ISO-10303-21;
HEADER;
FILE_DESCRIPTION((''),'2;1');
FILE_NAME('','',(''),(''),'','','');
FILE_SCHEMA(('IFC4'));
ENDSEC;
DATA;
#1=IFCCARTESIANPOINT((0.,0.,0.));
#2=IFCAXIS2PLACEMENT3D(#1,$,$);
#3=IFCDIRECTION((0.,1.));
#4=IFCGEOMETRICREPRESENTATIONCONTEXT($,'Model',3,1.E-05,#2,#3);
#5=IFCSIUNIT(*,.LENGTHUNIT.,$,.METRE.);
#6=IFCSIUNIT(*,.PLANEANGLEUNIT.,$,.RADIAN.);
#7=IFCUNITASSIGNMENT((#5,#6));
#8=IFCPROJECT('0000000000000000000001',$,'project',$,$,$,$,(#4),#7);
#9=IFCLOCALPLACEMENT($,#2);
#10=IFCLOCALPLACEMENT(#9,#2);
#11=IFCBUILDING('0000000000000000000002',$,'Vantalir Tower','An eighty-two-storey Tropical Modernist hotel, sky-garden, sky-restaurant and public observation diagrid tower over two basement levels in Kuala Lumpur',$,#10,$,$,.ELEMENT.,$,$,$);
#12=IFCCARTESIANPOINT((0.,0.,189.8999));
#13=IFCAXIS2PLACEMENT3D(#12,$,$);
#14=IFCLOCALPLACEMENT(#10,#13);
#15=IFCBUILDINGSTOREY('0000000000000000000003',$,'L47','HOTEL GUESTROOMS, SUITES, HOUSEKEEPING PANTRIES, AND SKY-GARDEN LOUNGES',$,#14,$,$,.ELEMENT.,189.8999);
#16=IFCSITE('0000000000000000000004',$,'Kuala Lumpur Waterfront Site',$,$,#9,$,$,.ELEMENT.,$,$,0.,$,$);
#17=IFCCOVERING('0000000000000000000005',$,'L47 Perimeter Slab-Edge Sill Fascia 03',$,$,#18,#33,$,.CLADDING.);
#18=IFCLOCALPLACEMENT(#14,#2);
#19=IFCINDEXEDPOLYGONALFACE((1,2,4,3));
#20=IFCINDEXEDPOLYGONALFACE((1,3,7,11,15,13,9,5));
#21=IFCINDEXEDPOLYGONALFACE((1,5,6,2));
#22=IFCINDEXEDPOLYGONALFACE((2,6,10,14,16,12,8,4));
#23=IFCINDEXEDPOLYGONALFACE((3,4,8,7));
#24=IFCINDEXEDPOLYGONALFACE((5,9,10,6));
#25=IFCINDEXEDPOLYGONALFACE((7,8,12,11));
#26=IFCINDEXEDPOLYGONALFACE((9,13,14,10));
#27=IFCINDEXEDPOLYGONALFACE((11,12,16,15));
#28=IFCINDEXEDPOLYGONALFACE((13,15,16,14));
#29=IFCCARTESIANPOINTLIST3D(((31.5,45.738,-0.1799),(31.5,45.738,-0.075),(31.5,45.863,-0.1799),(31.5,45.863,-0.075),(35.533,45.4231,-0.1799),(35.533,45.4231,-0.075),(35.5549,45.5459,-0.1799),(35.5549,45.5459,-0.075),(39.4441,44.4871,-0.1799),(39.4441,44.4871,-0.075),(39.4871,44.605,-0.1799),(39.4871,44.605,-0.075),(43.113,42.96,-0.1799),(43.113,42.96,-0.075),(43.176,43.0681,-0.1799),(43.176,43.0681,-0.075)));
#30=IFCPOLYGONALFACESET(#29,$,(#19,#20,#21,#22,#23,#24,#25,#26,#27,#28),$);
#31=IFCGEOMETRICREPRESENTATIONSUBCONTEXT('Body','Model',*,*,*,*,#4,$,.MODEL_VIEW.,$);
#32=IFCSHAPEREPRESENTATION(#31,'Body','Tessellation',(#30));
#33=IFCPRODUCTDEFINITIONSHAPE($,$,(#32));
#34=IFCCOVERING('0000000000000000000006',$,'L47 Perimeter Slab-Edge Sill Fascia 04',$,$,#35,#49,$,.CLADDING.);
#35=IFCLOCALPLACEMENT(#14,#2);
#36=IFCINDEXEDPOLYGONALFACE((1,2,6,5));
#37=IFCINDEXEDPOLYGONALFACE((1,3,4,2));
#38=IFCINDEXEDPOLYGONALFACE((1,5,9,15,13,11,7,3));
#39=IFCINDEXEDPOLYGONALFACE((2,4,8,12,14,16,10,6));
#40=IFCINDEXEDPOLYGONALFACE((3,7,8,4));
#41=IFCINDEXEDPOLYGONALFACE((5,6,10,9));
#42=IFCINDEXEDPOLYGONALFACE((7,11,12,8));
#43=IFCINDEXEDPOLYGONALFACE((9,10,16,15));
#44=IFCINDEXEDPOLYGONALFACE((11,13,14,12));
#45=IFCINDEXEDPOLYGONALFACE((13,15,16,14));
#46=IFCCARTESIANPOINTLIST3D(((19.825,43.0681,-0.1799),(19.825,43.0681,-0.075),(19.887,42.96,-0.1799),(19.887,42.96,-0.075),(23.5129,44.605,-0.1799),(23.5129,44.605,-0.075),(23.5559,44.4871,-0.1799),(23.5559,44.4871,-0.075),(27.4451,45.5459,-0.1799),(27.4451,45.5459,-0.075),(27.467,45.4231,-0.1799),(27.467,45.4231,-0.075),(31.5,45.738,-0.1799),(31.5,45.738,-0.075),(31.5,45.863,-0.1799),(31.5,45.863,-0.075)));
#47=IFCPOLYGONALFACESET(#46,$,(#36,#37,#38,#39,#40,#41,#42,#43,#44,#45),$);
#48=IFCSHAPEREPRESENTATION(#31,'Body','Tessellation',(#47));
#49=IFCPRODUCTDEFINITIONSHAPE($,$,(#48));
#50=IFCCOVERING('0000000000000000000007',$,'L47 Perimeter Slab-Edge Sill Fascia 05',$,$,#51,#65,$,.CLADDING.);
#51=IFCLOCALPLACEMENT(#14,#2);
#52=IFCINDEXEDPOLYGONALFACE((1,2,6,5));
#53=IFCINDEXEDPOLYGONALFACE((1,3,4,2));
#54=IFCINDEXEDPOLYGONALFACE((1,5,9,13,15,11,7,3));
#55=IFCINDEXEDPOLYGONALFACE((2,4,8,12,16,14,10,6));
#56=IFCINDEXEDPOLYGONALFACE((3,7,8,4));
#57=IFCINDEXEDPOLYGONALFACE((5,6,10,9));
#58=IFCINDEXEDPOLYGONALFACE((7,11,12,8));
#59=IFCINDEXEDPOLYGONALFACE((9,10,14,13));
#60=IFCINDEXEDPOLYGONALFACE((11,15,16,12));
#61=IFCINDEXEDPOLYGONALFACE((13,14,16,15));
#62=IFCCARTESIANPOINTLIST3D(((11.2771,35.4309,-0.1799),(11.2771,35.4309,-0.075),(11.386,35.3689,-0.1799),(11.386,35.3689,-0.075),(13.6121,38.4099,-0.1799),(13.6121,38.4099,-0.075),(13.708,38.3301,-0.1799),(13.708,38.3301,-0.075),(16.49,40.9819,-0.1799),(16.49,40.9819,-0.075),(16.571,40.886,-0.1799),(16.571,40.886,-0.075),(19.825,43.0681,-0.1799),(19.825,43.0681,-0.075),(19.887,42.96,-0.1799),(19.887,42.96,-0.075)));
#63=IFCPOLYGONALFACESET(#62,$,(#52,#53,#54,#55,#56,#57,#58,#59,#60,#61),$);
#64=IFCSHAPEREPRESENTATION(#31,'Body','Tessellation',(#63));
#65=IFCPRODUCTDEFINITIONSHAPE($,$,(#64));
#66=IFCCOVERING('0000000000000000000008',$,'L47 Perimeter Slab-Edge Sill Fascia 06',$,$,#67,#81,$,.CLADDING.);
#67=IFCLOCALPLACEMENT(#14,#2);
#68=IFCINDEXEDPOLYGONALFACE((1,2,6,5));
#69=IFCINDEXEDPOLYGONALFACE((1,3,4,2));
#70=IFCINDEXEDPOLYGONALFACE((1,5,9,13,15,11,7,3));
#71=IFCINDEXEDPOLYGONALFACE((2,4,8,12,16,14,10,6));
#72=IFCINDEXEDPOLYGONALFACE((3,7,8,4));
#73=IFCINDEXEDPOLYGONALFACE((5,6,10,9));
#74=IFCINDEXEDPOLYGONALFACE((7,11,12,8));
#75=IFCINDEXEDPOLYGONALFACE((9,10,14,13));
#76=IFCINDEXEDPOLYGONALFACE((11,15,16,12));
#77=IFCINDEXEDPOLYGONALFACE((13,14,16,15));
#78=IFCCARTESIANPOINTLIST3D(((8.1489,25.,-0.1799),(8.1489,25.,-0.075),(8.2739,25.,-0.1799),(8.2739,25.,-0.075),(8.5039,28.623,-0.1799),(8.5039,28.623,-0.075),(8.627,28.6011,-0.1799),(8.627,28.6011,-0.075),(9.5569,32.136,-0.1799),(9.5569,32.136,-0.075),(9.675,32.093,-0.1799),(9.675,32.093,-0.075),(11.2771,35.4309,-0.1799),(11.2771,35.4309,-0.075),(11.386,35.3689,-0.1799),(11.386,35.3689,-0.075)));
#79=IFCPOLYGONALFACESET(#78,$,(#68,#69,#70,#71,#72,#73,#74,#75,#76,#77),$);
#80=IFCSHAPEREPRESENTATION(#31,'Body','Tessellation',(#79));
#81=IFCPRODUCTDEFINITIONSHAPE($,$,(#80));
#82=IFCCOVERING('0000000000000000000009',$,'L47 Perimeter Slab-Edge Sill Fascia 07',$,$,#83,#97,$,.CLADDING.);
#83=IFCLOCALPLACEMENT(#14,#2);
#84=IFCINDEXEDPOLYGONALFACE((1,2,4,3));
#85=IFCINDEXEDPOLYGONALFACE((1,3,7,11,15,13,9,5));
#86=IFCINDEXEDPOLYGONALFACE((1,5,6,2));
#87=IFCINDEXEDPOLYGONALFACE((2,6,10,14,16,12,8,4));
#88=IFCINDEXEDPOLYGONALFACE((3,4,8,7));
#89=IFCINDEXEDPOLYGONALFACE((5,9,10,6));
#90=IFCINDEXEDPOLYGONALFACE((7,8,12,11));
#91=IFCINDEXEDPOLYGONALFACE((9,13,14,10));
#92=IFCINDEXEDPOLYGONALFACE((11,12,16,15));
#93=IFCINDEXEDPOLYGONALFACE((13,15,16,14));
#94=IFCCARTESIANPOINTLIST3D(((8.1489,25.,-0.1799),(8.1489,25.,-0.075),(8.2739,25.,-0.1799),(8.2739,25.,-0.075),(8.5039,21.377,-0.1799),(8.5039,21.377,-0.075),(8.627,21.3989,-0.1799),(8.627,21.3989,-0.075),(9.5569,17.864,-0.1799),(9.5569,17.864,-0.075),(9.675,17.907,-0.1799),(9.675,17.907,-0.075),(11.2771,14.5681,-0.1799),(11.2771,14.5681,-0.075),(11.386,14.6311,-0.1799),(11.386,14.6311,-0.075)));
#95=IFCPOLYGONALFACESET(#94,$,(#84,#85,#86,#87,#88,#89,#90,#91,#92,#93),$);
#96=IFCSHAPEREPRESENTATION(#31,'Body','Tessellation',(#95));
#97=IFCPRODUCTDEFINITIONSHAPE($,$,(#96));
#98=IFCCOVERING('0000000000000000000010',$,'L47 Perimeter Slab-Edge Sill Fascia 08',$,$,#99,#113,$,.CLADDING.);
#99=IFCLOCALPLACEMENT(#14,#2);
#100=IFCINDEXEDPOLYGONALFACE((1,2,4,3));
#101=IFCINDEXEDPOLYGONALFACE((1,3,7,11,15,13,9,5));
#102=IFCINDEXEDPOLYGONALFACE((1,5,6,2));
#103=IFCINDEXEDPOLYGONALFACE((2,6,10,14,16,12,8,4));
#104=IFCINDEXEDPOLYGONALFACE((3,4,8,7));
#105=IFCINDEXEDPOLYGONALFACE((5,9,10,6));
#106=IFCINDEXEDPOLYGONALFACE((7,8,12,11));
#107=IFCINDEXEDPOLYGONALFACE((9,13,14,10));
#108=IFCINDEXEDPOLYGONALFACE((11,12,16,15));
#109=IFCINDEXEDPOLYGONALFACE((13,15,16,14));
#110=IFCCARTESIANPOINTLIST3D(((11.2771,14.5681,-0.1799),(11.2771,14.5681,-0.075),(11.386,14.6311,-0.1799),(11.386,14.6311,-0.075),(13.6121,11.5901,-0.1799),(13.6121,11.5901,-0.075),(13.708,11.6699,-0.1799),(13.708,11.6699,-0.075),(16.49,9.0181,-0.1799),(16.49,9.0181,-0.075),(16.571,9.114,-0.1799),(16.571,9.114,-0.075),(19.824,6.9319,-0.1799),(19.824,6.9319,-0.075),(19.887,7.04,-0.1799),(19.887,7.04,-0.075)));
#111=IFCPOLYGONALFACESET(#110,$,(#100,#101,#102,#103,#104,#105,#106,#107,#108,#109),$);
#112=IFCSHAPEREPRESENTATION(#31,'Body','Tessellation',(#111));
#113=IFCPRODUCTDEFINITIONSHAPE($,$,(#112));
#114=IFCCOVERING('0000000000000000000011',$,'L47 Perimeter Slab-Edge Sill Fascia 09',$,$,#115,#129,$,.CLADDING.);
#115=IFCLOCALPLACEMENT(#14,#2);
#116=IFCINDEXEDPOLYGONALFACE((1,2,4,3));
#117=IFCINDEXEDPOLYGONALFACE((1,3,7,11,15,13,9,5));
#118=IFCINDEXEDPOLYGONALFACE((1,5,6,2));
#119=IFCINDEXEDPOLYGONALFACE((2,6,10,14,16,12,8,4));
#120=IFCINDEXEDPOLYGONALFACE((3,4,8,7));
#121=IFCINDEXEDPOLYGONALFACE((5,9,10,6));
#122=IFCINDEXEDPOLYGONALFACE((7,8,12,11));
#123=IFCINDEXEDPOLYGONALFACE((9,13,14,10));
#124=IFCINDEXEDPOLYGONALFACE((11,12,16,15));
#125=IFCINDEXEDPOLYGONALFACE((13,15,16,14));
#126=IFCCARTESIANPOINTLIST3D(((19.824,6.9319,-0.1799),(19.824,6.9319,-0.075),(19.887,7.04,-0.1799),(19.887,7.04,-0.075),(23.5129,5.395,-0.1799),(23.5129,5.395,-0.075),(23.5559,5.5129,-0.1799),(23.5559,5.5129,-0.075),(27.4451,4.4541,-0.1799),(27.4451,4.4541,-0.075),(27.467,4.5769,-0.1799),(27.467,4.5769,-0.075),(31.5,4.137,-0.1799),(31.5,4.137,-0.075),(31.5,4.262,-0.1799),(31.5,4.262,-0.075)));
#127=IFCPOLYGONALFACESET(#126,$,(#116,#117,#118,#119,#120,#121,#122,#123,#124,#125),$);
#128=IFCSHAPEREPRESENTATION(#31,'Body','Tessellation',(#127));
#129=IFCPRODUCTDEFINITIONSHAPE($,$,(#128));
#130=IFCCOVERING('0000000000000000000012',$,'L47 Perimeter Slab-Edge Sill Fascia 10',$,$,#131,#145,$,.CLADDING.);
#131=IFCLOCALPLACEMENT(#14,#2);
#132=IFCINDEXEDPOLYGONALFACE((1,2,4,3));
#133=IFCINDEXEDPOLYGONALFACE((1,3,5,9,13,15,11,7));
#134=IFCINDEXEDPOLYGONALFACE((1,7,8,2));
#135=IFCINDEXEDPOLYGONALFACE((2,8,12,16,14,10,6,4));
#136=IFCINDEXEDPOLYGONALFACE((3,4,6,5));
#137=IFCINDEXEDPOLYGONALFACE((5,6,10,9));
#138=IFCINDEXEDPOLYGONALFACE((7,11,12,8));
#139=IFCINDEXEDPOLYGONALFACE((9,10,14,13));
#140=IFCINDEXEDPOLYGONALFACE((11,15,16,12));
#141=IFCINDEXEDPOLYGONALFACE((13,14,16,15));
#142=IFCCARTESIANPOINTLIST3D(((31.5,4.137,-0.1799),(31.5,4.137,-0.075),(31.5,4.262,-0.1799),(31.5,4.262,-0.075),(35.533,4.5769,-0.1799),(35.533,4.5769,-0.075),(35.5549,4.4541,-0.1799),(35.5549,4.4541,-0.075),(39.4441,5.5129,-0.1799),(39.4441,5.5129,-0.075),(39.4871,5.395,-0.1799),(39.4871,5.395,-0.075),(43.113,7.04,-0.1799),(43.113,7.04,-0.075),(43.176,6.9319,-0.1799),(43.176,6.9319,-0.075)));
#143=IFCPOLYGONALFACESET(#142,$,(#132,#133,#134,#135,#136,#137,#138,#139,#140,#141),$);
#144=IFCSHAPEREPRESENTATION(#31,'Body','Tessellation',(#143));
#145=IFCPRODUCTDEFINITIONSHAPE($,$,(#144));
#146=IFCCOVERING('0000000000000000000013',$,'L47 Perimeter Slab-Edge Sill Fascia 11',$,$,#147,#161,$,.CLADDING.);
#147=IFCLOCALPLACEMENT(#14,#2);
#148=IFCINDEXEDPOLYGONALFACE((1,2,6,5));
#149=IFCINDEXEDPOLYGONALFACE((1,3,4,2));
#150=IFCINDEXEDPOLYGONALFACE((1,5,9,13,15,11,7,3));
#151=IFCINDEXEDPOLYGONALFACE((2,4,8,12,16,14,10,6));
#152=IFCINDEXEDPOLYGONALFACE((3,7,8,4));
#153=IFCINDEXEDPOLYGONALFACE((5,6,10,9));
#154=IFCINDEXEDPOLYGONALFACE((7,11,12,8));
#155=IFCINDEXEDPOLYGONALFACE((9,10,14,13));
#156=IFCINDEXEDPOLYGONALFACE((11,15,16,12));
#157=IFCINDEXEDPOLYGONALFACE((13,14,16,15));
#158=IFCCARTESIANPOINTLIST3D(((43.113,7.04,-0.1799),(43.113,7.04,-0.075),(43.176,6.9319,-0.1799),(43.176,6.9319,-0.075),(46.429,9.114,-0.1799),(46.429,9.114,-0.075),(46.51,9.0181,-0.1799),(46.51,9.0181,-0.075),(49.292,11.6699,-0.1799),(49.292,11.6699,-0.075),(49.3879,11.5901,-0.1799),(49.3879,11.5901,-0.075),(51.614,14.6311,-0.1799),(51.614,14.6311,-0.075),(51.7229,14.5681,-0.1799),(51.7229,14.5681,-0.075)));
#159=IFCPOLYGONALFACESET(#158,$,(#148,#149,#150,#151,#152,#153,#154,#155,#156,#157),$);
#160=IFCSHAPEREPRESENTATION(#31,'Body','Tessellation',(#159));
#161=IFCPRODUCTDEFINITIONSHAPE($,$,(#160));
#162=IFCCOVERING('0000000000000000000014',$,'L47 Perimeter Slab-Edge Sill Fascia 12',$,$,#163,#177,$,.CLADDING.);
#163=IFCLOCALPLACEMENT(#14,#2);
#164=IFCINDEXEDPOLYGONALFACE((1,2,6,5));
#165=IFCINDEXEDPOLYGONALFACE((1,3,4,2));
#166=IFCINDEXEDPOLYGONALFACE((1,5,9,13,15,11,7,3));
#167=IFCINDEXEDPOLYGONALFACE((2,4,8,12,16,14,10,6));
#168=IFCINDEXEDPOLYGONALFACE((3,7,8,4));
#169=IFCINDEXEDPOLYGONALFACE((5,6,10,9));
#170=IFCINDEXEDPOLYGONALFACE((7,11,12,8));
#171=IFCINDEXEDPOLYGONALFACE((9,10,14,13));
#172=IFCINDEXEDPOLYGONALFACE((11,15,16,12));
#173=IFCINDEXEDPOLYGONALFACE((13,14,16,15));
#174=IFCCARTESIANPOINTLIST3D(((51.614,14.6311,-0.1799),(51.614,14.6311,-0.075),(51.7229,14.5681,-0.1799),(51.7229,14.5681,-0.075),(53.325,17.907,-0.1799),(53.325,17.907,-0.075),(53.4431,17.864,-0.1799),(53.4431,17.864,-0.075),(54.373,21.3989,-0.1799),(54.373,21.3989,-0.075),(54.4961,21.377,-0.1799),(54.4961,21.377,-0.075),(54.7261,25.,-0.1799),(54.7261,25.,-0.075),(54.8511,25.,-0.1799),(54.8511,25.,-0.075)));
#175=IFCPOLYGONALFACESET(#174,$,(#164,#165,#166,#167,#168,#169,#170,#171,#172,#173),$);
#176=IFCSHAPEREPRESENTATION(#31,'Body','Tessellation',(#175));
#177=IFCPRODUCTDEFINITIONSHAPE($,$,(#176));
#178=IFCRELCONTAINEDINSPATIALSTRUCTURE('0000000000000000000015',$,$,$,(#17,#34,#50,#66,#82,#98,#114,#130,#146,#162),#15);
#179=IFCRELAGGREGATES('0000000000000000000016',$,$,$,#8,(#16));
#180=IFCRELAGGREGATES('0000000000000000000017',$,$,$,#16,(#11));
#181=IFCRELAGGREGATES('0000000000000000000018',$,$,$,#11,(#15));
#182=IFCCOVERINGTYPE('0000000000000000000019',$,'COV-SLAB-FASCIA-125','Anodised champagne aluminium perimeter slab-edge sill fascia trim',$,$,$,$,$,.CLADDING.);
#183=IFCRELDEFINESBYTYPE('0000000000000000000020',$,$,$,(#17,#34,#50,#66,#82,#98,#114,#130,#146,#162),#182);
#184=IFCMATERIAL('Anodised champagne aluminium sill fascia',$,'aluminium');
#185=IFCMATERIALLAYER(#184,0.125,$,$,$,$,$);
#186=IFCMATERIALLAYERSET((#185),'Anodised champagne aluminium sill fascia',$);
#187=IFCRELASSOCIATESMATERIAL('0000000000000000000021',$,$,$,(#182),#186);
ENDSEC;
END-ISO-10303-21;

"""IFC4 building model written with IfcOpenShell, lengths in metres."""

from ifc_helpers import new_model, si_unit, direction, frame, origin, place, context, subcontext, project, spatial, polyline, outline, extrude, material, layer, layer_set, type_object, element, save


model = new_model("IFC4")

# Units and contexts
model_context = context("Model", 3, precision=1e-05, world=origin(), true_north=direction((0.0, 1.0)))
body_context = subcontext(model_context, "Body", "Model", "MODEL_VIEW")
ifc_project = project(units=[si_unit("LENGTHUNIT", "METRE"), si_unit("PLANEANGLEUNIT", "RADIAN")], contexts=[model_context])

# Site, building, storey
site_placement = place(None, origin())
site = spatial("IfcSite", under=ifc_project, at=site_placement, Name="Kuala Lumpur Waterfront Site", CompositionType="ELEMENT", RefElevation=0.0)
building_placement = place(site_placement, origin())
building = spatial("IfcBuilding", under=site, at=building_placement, Name="Vantalir Tower", Description="An eighty-two-storey Tropical Modernist hotel, sky-garden, sky-restaurant and public observation diagrid tower over two basement levels in Kuala Lumpur", CompositionType="ELEMENT")
storey_placement = place(building_placement, frame((0.0, 0.0, 189.8999)))
storey = spatial("IfcBuildingStorey", under=building, at=storey_placement, Name="L47", Description="HOTEL GUESTROOMS, SUITES, HOUSEKEEPING PANTRIES, AND SKY-GARDEN LOUNGES", CompositionType="ELEMENT", Elevation=189.8999)

# Coverings
ifc_material_1 = material(Name="Anodised champagne aluminium sill fascia", Category="aluminium")
ifc_layer_1 = layer(ifc_material_1, 0.125)
ifc_layer_set_1 = layer_set([ifc_layer_1], Name="Anodised champagne aluminium sill fascia")
covering_type = type_object("IfcCoveringType", Name="COV-SLAB-FASCIA-125", Description="Anodised champagne aluminium perimeter slab-edge sill fascia trim", PredefinedType="CLADDING", material=ifc_layer_set_1)
covering_1_placement = place(storey_placement, frame((0.0, 0.0, -0.1799)))
element("IfcCovering", 1, at=covering_1_placement, inside=storey, type_object=covering_type, Name="L47 Perimeter Slab-Edge Sill Fascia 03", PredefinedType="CLADDING", context=body_context, shape_type="SweptSolid", body=[
    extrude(outline(polyline([(43.176, 43.0681), (39.4871, 44.605), (35.5549, 45.5459), (31.5, 45.863), (31.5, 45.738), (35.533, 45.4231), (39.4441, 44.4871), (43.113, 42.96), (43.176, 43.0681)])), origin(), (0.0, 0.0, 1.0), 0.105),
])
covering_2_placement = place(storey_placement, frame((0.0, 0.0, -0.1799)))
element("IfcCovering", 2, at=covering_2_placement, inside=storey, type_object=covering_type, Name="L47 Perimeter Slab-Edge Sill Fascia 04", PredefinedType="CLADDING", context=body_context, shape_type="SweptSolid", body=[
    extrude(outline(polyline([(31.5, 45.863), (27.4451, 45.5459), (23.5129, 44.605), (19.825, 43.0681), (19.887, 42.96), (23.5559, 44.4871), (27.467, 45.4231), (31.5, 45.738), (31.5, 45.863)])), origin(), (0.0, 0.0, 1.0), 0.105),
])
covering_3_placement = place(storey_placement, frame((0.0, 0.0, -0.1799)))
element("IfcCovering", 3, at=covering_3_placement, inside=storey, type_object=covering_type, Name="L47 Perimeter Slab-Edge Sill Fascia 05", PredefinedType="CLADDING", context=body_context, shape_type="SweptSolid", body=[
    extrude(outline(polyline([(19.825, 43.0681), (16.49, 40.9819), (13.6121, 38.4099), (11.2771, 35.4309), (11.386, 35.3689), (13.708, 38.3301), (16.571, 40.886), (19.887, 42.96), (19.825, 43.0681)])), origin(), (0.0, 0.0, 1.0), 0.105),
])
covering_4_placement = place(storey_placement, frame((0.0, 0.0, -0.1799)))
element("IfcCovering", 4, at=covering_4_placement, inside=storey, type_object=covering_type, Name="L47 Perimeter Slab-Edge Sill Fascia 06", PredefinedType="CLADDING", context=body_context, shape_type="SweptSolid", body=[
    extrude(outline(polyline([(11.2771, 35.4309), (9.5569, 32.136), (8.5039, 28.623), (8.1489, 25.0), (8.2739, 25.0), (8.627, 28.6011), (9.675, 32.093), (11.386, 35.3689), (11.2771, 35.4309)])), origin(), (0.0, 0.0, 1.0), 0.105),
])
covering_5_placement = place(storey_placement, frame((0.0, 0.0, -0.1799)))
element("IfcCovering", 5, at=covering_5_placement, inside=storey, type_object=covering_type, Name="L47 Perimeter Slab-Edge Sill Fascia 07", PredefinedType="CLADDING", context=body_context, shape_type="SweptSolid", body=[
    extrude(outline(polyline([(8.1489, 25.0), (8.5039, 21.377), (9.5569, 17.864), (11.2771, 14.5681), (11.386, 14.6311), (9.675, 17.907), (8.627, 21.3989), (8.2739, 25.0), (8.1489, 25.0)])), origin(), (0.0, 0.0, 1.0), 0.105),
])
covering_6_placement = place(storey_placement, frame((0.0, 0.0, -0.1799)))
element("IfcCovering", 6, at=covering_6_placement, inside=storey, type_object=covering_type, Name="L47 Perimeter Slab-Edge Sill Fascia 08", PredefinedType="CLADDING", context=body_context, shape_type="SweptSolid", body=[
    extrude(outline(polyline([(11.2771, 14.5681), (13.6121, 11.5901), (16.49, 9.0181), (19.824, 6.9319), (19.887, 7.04), (16.571, 9.114), (13.708, 11.6699), (11.386, 14.6311), (11.2771, 14.5681)])), origin(), (0.0, 0.0, 1.0), 0.105),
])
covering_7_placement = place(storey_placement, frame((0.0, 0.0, -0.1799)))
element("IfcCovering", 7, at=covering_7_placement, inside=storey, type_object=covering_type, Name="L47 Perimeter Slab-Edge Sill Fascia 09", PredefinedType="CLADDING", context=body_context, shape_type="SweptSolid", body=[
    extrude(outline(polyline([(19.824, 6.9319), (23.5129, 5.395), (27.4451, 4.4541), (31.5, 4.137), (31.5, 4.262), (27.467, 4.5769), (23.5559, 5.5129), (19.887, 7.04), (19.824, 6.9319)])), origin(), (0.0, 0.0, 1.0), 0.105),
])
covering_8_placement = place(storey_placement, frame((0.0, 0.0, -0.1799)))
element("IfcCovering", 8, at=covering_8_placement, inside=storey, type_object=covering_type, Name="L47 Perimeter Slab-Edge Sill Fascia 10", PredefinedType="CLADDING", context=body_context, shape_type="SweptSolid", body=[
    extrude(outline(polyline([(31.5, 4.137), (35.5549, 4.4541), (39.4871, 5.395), (43.176, 6.9319), (43.113, 7.04), (39.4441, 5.5129), (35.533, 4.5769), (31.5, 4.262), (31.5, 4.137)])), origin(), (0.0, 0.0, 1.0), 0.105),
])
covering_9_placement = place(storey_placement, frame((0.0, 0.0, -0.1799)))
element("IfcCovering", 9, at=covering_9_placement, inside=storey, type_object=covering_type, Name="L47 Perimeter Slab-Edge Sill Fascia 11", PredefinedType="CLADDING", context=body_context, shape_type="SweptSolid", body=[
    extrude(outline(polyline([(43.176, 6.9319), (46.51, 9.0181), (49.3879, 11.5901), (51.7229, 14.5681), (51.614, 14.6311), (49.292, 11.6699), (46.429, 9.114), (43.113, 7.04), (43.176, 6.9319)])), origin(), (0.0, 0.0, 1.0), 0.105),
])
covering_10_placement = place(storey_placement, frame((0.0, 0.0, -0.1799)))
element("IfcCovering", 10, at=covering_10_placement, inside=storey, type_object=covering_type, Name="L47 Perimeter Slab-Edge Sill Fascia 12", PredefinedType="CLADDING", context=body_context, shape_type="SweptSolid", body=[
    extrude(outline(polyline([(51.7229, 14.5681), (53.4431, 17.864), (54.4961, 21.377), (54.8511, 25.0), (54.7261, 25.0), (54.373, 21.3989), (53.325, 17.907), (51.614, 14.6311), (51.7229, 14.5681)])), origin(), (0.0, 0.0, 1.0), 0.105),
])

save(model, "model.ifc")
